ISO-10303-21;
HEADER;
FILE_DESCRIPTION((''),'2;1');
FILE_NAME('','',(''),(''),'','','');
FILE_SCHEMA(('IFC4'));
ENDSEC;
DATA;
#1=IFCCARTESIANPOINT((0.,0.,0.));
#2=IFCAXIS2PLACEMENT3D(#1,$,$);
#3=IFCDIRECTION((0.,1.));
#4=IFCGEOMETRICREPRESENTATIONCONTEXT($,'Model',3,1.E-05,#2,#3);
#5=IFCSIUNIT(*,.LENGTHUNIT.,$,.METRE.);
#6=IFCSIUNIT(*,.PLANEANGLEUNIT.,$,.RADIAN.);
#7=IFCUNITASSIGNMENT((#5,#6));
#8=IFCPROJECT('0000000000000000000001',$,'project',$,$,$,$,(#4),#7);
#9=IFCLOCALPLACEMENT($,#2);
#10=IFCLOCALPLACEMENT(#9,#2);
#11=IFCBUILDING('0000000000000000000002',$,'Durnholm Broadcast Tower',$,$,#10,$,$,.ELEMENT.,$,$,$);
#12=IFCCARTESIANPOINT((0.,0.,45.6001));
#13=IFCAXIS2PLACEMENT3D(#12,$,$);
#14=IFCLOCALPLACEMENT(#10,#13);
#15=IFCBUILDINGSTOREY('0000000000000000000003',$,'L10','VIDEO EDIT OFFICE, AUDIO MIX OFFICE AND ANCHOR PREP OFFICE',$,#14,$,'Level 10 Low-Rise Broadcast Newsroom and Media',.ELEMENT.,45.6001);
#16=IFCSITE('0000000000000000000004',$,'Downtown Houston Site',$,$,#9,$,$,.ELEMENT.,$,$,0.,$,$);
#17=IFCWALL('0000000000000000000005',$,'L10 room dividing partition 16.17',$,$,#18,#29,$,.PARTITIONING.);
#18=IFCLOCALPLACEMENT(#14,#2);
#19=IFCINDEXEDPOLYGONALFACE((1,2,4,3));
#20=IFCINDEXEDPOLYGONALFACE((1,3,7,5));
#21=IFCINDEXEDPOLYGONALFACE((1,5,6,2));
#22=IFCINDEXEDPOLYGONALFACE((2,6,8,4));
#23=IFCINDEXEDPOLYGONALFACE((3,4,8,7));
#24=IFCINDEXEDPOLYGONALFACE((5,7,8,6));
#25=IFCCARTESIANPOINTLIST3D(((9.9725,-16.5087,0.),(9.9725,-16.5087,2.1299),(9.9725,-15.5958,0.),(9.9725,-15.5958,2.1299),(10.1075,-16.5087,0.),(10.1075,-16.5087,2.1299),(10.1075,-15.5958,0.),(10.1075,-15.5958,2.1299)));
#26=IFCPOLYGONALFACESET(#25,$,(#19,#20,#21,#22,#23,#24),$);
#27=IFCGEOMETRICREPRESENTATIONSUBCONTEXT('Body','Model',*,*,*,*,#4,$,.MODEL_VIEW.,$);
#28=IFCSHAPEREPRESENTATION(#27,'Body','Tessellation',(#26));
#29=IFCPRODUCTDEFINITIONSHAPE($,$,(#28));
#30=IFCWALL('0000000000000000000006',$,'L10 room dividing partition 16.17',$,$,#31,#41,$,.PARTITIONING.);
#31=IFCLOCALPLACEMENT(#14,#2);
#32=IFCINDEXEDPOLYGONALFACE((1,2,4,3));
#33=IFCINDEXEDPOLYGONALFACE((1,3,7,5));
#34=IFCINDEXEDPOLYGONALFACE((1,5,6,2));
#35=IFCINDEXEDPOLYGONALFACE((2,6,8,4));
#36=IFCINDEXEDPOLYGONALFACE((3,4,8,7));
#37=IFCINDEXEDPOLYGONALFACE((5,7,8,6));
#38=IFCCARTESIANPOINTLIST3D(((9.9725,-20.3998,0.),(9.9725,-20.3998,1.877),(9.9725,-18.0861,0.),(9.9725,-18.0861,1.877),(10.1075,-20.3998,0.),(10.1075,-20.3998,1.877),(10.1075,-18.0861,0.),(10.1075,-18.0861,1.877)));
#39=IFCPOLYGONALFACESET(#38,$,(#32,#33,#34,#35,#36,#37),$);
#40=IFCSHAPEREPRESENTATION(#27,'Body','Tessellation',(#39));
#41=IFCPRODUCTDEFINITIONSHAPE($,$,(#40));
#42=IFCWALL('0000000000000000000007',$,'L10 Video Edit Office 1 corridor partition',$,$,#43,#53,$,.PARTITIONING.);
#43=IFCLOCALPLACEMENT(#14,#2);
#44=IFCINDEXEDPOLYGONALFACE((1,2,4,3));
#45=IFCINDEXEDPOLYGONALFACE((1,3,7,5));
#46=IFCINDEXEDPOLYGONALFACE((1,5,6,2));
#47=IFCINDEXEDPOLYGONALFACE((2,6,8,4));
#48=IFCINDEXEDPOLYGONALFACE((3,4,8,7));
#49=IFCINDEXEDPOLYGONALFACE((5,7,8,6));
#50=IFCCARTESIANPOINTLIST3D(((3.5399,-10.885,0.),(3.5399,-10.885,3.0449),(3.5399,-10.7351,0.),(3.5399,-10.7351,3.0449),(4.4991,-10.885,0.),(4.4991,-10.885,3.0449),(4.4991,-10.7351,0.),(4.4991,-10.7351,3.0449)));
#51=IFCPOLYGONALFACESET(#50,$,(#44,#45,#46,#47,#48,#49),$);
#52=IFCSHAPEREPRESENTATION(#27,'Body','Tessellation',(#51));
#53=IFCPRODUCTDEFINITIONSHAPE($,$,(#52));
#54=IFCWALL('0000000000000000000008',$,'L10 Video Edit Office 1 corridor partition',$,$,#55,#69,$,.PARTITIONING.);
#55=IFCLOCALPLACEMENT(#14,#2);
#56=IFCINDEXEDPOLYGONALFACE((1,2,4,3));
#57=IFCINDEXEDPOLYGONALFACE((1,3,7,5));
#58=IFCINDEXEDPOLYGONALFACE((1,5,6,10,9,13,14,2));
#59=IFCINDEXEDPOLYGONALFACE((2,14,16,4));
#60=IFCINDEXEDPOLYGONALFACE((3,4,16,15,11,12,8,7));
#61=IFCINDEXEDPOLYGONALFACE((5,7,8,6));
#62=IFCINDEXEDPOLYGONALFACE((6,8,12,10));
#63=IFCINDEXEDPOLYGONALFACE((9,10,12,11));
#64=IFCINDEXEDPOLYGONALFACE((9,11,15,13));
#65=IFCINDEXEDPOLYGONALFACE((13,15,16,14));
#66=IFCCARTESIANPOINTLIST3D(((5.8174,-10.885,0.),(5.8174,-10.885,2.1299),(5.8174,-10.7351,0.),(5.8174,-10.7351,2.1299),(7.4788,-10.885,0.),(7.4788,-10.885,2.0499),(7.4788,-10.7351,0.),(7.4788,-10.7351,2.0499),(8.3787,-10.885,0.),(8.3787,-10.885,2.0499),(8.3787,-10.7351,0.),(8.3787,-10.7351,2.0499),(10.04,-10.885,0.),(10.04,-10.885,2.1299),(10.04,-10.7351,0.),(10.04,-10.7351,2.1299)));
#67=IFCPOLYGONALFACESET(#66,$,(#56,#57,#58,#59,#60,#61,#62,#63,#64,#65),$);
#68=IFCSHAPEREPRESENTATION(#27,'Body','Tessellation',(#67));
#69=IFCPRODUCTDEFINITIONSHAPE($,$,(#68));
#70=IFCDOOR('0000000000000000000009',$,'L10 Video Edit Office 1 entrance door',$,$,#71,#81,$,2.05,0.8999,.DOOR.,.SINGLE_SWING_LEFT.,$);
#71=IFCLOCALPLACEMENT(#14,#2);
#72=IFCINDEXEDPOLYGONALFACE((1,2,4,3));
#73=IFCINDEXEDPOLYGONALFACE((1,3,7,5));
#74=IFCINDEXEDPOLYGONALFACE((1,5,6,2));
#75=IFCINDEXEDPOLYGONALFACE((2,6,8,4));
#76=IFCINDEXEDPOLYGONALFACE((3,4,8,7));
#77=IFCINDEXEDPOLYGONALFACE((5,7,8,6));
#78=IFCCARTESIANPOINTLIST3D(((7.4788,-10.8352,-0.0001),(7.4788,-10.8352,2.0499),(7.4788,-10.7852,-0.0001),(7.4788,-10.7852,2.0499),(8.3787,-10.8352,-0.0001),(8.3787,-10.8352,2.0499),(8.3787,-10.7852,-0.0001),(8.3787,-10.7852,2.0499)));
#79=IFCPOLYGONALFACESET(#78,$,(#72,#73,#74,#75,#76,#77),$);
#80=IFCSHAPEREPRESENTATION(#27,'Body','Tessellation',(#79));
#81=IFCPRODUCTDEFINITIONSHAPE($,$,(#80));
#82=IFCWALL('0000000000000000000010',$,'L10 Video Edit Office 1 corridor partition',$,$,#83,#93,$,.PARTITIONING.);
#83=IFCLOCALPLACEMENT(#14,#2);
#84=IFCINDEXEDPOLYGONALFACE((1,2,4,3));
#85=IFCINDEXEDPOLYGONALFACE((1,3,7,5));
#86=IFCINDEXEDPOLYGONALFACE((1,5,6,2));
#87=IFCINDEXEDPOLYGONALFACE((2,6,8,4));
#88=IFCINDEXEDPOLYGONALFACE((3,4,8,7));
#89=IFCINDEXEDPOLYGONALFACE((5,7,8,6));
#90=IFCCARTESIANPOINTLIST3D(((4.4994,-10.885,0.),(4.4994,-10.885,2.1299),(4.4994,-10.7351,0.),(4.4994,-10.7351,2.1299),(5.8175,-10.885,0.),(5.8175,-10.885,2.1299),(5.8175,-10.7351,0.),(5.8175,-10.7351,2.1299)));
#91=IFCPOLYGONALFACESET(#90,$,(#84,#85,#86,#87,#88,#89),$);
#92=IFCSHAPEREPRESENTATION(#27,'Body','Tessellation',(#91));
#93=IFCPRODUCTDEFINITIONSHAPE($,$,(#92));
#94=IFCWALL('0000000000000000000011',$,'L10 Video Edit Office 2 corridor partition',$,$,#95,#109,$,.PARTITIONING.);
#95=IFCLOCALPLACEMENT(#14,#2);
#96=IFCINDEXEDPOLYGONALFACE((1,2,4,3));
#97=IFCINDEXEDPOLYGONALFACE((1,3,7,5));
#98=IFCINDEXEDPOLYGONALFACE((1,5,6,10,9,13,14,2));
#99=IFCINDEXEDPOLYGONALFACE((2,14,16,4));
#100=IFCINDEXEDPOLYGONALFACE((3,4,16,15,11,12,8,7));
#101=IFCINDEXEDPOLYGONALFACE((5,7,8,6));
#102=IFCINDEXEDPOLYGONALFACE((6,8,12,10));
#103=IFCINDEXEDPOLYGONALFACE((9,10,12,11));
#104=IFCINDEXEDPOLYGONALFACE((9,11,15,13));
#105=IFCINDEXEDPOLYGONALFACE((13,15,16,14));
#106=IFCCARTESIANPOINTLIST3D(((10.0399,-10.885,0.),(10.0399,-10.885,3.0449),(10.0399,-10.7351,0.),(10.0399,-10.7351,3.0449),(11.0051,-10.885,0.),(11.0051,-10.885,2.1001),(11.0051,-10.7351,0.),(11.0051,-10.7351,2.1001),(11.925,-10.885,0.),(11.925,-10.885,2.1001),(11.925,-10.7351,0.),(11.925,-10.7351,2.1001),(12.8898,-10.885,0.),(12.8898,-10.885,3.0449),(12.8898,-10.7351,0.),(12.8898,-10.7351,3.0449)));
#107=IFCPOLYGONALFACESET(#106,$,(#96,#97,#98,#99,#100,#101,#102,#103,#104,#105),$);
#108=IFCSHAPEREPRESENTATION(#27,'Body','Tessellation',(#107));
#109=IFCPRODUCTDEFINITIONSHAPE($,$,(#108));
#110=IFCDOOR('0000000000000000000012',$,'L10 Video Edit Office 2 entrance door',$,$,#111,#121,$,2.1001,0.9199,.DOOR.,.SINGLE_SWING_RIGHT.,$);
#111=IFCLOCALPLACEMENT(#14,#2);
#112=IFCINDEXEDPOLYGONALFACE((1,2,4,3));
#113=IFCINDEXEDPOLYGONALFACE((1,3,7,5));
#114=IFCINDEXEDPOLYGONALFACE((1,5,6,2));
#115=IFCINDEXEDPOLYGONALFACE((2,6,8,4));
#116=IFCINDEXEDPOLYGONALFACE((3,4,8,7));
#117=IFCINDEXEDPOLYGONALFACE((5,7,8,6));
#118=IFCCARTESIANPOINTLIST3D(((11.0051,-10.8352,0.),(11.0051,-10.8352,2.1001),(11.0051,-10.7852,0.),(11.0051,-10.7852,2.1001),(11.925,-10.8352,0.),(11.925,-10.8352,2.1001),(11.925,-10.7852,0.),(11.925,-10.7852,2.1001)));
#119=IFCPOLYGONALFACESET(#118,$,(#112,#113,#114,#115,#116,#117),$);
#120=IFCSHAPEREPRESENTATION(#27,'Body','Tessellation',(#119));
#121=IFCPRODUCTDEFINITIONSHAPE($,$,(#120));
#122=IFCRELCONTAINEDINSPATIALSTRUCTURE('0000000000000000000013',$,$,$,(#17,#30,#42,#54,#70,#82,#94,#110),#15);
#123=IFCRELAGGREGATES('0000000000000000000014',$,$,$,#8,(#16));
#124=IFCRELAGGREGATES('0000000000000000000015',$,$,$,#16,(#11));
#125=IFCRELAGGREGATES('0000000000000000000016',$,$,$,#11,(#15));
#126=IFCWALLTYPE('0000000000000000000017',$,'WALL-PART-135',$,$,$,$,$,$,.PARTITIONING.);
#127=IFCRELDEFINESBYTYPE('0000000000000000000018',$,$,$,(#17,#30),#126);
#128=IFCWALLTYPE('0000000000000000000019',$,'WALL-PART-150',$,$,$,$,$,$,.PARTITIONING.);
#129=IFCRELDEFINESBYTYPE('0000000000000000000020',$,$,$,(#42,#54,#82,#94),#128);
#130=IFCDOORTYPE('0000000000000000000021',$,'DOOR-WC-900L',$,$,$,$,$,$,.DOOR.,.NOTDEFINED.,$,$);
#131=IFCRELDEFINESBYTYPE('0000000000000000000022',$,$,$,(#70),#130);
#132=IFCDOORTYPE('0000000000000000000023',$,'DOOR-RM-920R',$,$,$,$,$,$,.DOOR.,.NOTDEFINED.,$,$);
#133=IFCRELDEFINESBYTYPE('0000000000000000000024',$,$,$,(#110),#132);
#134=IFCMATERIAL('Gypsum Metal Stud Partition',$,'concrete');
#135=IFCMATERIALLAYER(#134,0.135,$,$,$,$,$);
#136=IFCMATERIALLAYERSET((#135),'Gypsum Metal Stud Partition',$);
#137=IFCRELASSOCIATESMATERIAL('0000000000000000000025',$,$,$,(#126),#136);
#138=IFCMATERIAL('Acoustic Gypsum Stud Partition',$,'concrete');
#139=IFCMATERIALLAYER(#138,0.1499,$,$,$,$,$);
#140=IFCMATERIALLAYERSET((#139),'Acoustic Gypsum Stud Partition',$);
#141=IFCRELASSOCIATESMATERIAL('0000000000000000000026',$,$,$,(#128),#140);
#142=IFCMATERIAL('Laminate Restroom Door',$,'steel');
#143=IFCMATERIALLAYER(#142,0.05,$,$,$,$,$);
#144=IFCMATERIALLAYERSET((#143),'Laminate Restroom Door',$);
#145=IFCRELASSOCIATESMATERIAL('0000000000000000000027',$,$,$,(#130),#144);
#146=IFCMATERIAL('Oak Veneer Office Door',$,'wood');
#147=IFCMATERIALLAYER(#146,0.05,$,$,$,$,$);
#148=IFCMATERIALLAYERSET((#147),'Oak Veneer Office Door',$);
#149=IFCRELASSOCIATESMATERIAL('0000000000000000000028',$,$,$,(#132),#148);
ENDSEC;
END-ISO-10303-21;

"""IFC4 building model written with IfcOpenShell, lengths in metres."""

from ifc_helpers import new_model, si_unit, direction, frame, frame_2d, origin, place, context, subcontext, project, spatial, rectangle, extrude, source, transform, mapped, material, layer, layer_set, type_object, type_shapes, element, fill, save


model = new_model("IFC4")

# Units and contexts
model_context = context("Model", 3, precision=1e-05, world=origin(), true_north=direction((0.0, 1.0)))
body_context = subcontext(model_context, "Body", "Model", "MODEL_VIEW")
ifc_project = project(units=[si_unit("LENGTHUNIT", "METRE"), si_unit("PLANEANGLEUNIT", "RADIAN")], contexts=[model_context])

# Site, building, storey
site_placement = place(None, origin())
site = spatial("IfcSite", under=ifc_project, at=site_placement, Name="Downtown Houston Site", CompositionType="ELEMENT", RefElevation=0.0)
building_placement = place(site_placement, origin())
building = spatial("IfcBuilding", under=site, at=building_placement, Name="Durnholm Broadcast Tower", CompositionType="ELEMENT")
storey_placement = place(building_placement, frame((0.0, 0.0, 45.6001)))
storey = spatial("IfcBuildingStorey", under=building, at=storey_placement, Name="L10", Description="VIDEO EDIT OFFICE, AUDIO MIX OFFICE AND ANCHOR PREP OFFICE", LongName="Level 10 Low-Rise Broadcast Newsroom and Media", CompositionType="ELEMENT", Elevation=45.6001)

# Walls
ifc_material_1 = material(Name="Gypsum Metal Stud Partition", Category="concrete")
ifc_layer_1 = layer(ifc_material_1, 0.135)
ifc_layer_set_1 = layer_set([ifc_layer_1], Name="Gypsum Metal Stud Partition")
wall_type_1 = type_object("IfcWallType", Name="WALL-PART-135", PredefinedType="PARTITIONING", material=ifc_layer_set_1)
wall_1_placement = place(storey_placement, frame((10.04, -15.5957, 0.0), z_axis=(0.0, 0.0, 1.0), x_axis=(0.0, -1.0, 0.0)))
element("IfcWall", 1, at=wall_1_placement, inside=storey, type_object=wall_type_1, Name="L10 room dividing partition 16.17", PredefinedType="PARTITIONING", context=body_context, shape_type="SweptSolid", body=[
    extrude(rectangle(XDim=0.9128, YDim=0.135, at=frame_2d((0.4565, 0.0))), origin(), (0.0, 0.0, 1.0), 2.1299),
])
wall_2_placement = place(storey_placement, frame((10.04, -18.0862, 0.0), z_axis=(0.0, 0.0, 1.0), x_axis=(0.0, -1.0, 0.0)))
element("IfcWall", 2, at=wall_2_placement, inside=storey, type_object=wall_type_1, Name="L10 room dividing partition 16.17", PredefinedType="PARTITIONING", context=body_context, shape_type="SweptSolid", body=[
    extrude(rectangle(XDim=2.3137, YDim=0.135, at=frame_2d((1.1567, 0.0))), origin(), (0.0, 0.0, 1.0), 1.877),
])
ifc_material_2 = material(Name="Acoustic Gypsum Stud Partition", Category="concrete")
ifc_layer_2 = layer(ifc_material_2, 0.1499)
ifc_layer_set_2 = layer_set([ifc_layer_2], Name="Acoustic Gypsum Stud Partition")
wall_type_2 = type_object("IfcWallType", Name="WALL-PART-150", PredefinedType="PARTITIONING", material=ifc_layer_set_2)
wall_3_placement = place(storey_placement, frame((3.54, -10.8101, 0.0), z_axis=(0.0, 0.0, 1.0), x_axis=(1.0, 0.0, 0.0)))
element("IfcWall", 3, at=wall_3_placement, inside=storey, type_object=wall_type_2, Name="L10 Video Edit Office 1 corridor partition", PredefinedType="PARTITIONING", context=body_context, shape_type="SweptSolid", body=[
    extrude(rectangle(XDim=0.9592, YDim=0.1499, at=frame_2d((0.4795, 0.0))), origin(), (0.0, 0.0, 1.0), 3.0449),
])

# Wall, opening, door
wall_4_placement = place(storey_placement, frame((5.8174, -10.8101, 0.0), z_axis=(0.0, 0.0, 1.0), x_axis=(1.0, 0.0, 0.0)))
wall_4 = element("IfcWall", 4, at=wall_4_placement, inside=storey, type_object=wall_type_2, Name="L10 Video Edit Office 1 corridor partition", PredefinedType="PARTITIONING", context=body_context, shape_type="SweptSolid", body=[
    extrude(rectangle(XDim=4.2227, YDim=0.1499, at=frame_2d((2.1113, 0.0))), origin(), (0.0, 0.0, 1.0), 2.1299),
])
opening_1_placement = place(wall_4_placement, frame((1.6614, 0.0, 0.0)))
opening_1 = element("IfcOpeningElement", 5, at=opening_1_placement, cuts=wall_4, PredefinedType="OPENING", context=body_context, shape_type="SweptSolid", body=[
    extrude(rectangle(XDim=0.8999, YDim=2.05, at=frame_2d((0.45, 1.0249))), frame((0.0, 0.085, 0.0), z_axis=(0.0, -1.0, 0.0), x_axis=(1.0, 0.0, 0.0)), (0.0, 0.0, 1.0), 0.1699),
])
ifc_material_3 = material(Name="Laminate Restroom Door", Category="steel")
ifc_layer_3 = layer(ifc_material_3, 0.05)
ifc_layer_set_3 = layer_set([ifc_layer_3], Name="Laminate Restroom Door")
door_type_1 = type_object("IfcDoorType", Name="DOOR-WC-900L", OperationType="NOTDEFINED", PredefinedType="DOOR", material=ifc_layer_set_3)
shared_shape_1 = source(origin(), body_context, "Body", "SweptSolid", [
    extrude(rectangle(XDim=0.8999, YDim=2.05, at=frame_2d((0.45, 1.0249))), frame((0.0, 0.0249, 0.0), z_axis=(0.0, -1.0, 0.0), x_axis=(1.0, 0.0, 0.0)), (0.0, 0.0, 1.0), 0.05),
])
type_shapes(door_type_1, [shared_shape_1])
door_1_placement = place(opening_1_placement, origin())
door_1 = element("IfcDoor", 6, at=door_1_placement, inside=storey, type_object=door_type_1, Name="L10 Video Edit Office 1 entrance door", OperationType="SINGLE_SWING_LEFT", OverallHeight=2.05, OverallWidth=0.8999, PredefinedType="DOOR", context=body_context, shape_type="MappedRepresentation", body=[
    mapped(shared_shape_1, transform((0.0, 0.0, 0.0), x_axis=(1.0, 0.0, 0.0), y_axis=(0.0, 1.0, 0.0), z_axis=(0.0, 0.0, 1.0), scale=1.0)),
])
fill(opening_1, door_1)

# Wall
wall_5_placement = place(storey_placement, frame((4.4993, -10.8101, 0.0), z_axis=(0.0, 0.0, 1.0), x_axis=(1.0, 0.0, 0.0)))
element("IfcWall", 7, at=wall_5_placement, inside=storey, type_object=wall_type_2, Name="L10 Video Edit Office 1 corridor partition", PredefinedType="PARTITIONING", context=body_context, shape_type="SweptSolid", body=[
    extrude(rectangle(XDim=1.3181, YDim=0.1499, at=frame_2d((0.6592, 0.0))), origin(), (0.0, 0.0, 1.0), 2.1299),
])

# Wall, opening, door
wall_6_placement = place(storey_placement, frame((10.04, -10.8101, 0.0), z_axis=(0.0, 0.0, 1.0), x_axis=(1.0, 0.0, 0.0)))
wall_6 = element("IfcWall", 8, at=wall_6_placement, inside=storey, type_object=wall_type_2, Name="L10 Video Edit Office 2 corridor partition", PredefinedType="PARTITIONING", context=body_context, shape_type="SweptSolid", body=[
    extrude(rectangle(XDim=2.8499, YDim=0.1499, at=frame_2d((1.4248, 0.0))), origin(), (0.0, 0.0, 1.0), 3.0449),
])
opening_2_placement = place(wall_6_placement, frame((0.9651, 0.0, 0.0)))
opening_2 = element("IfcOpeningElement", 9, at=opening_2_placement, cuts=wall_6, PredefinedType="OPENING", context=body_context, shape_type="SweptSolid", body=[
    extrude(rectangle(XDim=0.9199, YDim=2.1001, at=frame_2d((0.46, 1.05))), frame((0.0, 0.085, 0.0), z_axis=(0.0, -1.0, 0.0), x_axis=(1.0, 0.0, 0.0)), (0.0, 0.0, 1.0), 0.1699),
])
ifc_material_4 = material(Name="Oak Veneer Office Door", Category="wood")
ifc_layer_4 = layer(ifc_material_4, 0.05)
ifc_layer_set_4 = layer_set([ifc_layer_4], Name="Oak Veneer Office Door")
door_type_2 = type_object("IfcDoorType", Name="DOOR-RM-920R", OperationType="NOTDEFINED", PredefinedType="DOOR", material=ifc_layer_set_4)
shared_shape_2 = source(origin(), body_context, "Body", "SweptSolid", [
    extrude(rectangle(XDim=0.9199, YDim=2.1001, at=frame_2d((0.46, 1.05))), frame((0.0, 0.0249, 0.0), z_axis=(0.0, -1.0, 0.0), x_axis=(1.0, 0.0, 0.0)), (0.0, 0.0, 1.0), 0.05),
])
type_shapes(door_type_2, [shared_shape_2])
door_2_placement = place(opening_2_placement, origin())
door_2 = element("IfcDoor", 10, at=door_2_placement, inside=storey, type_object=door_type_2, Name="L10 Video Edit Office 2 entrance door", OperationType="SINGLE_SWING_RIGHT", OverallHeight=2.1001, OverallWidth=0.9199, PredefinedType="DOOR", context=body_context, shape_type="MappedRepresentation", body=[
    mapped(shared_shape_2, transform((0.0, 0.0, 0.0), x_axis=(1.0, 0.0, 0.0), y_axis=(0.0, 1.0, 0.0), z_axis=(0.0, 0.0, 1.0), scale=1.0)),
])
fill(opening_2, door_2)

save(model, "model.ifc")
